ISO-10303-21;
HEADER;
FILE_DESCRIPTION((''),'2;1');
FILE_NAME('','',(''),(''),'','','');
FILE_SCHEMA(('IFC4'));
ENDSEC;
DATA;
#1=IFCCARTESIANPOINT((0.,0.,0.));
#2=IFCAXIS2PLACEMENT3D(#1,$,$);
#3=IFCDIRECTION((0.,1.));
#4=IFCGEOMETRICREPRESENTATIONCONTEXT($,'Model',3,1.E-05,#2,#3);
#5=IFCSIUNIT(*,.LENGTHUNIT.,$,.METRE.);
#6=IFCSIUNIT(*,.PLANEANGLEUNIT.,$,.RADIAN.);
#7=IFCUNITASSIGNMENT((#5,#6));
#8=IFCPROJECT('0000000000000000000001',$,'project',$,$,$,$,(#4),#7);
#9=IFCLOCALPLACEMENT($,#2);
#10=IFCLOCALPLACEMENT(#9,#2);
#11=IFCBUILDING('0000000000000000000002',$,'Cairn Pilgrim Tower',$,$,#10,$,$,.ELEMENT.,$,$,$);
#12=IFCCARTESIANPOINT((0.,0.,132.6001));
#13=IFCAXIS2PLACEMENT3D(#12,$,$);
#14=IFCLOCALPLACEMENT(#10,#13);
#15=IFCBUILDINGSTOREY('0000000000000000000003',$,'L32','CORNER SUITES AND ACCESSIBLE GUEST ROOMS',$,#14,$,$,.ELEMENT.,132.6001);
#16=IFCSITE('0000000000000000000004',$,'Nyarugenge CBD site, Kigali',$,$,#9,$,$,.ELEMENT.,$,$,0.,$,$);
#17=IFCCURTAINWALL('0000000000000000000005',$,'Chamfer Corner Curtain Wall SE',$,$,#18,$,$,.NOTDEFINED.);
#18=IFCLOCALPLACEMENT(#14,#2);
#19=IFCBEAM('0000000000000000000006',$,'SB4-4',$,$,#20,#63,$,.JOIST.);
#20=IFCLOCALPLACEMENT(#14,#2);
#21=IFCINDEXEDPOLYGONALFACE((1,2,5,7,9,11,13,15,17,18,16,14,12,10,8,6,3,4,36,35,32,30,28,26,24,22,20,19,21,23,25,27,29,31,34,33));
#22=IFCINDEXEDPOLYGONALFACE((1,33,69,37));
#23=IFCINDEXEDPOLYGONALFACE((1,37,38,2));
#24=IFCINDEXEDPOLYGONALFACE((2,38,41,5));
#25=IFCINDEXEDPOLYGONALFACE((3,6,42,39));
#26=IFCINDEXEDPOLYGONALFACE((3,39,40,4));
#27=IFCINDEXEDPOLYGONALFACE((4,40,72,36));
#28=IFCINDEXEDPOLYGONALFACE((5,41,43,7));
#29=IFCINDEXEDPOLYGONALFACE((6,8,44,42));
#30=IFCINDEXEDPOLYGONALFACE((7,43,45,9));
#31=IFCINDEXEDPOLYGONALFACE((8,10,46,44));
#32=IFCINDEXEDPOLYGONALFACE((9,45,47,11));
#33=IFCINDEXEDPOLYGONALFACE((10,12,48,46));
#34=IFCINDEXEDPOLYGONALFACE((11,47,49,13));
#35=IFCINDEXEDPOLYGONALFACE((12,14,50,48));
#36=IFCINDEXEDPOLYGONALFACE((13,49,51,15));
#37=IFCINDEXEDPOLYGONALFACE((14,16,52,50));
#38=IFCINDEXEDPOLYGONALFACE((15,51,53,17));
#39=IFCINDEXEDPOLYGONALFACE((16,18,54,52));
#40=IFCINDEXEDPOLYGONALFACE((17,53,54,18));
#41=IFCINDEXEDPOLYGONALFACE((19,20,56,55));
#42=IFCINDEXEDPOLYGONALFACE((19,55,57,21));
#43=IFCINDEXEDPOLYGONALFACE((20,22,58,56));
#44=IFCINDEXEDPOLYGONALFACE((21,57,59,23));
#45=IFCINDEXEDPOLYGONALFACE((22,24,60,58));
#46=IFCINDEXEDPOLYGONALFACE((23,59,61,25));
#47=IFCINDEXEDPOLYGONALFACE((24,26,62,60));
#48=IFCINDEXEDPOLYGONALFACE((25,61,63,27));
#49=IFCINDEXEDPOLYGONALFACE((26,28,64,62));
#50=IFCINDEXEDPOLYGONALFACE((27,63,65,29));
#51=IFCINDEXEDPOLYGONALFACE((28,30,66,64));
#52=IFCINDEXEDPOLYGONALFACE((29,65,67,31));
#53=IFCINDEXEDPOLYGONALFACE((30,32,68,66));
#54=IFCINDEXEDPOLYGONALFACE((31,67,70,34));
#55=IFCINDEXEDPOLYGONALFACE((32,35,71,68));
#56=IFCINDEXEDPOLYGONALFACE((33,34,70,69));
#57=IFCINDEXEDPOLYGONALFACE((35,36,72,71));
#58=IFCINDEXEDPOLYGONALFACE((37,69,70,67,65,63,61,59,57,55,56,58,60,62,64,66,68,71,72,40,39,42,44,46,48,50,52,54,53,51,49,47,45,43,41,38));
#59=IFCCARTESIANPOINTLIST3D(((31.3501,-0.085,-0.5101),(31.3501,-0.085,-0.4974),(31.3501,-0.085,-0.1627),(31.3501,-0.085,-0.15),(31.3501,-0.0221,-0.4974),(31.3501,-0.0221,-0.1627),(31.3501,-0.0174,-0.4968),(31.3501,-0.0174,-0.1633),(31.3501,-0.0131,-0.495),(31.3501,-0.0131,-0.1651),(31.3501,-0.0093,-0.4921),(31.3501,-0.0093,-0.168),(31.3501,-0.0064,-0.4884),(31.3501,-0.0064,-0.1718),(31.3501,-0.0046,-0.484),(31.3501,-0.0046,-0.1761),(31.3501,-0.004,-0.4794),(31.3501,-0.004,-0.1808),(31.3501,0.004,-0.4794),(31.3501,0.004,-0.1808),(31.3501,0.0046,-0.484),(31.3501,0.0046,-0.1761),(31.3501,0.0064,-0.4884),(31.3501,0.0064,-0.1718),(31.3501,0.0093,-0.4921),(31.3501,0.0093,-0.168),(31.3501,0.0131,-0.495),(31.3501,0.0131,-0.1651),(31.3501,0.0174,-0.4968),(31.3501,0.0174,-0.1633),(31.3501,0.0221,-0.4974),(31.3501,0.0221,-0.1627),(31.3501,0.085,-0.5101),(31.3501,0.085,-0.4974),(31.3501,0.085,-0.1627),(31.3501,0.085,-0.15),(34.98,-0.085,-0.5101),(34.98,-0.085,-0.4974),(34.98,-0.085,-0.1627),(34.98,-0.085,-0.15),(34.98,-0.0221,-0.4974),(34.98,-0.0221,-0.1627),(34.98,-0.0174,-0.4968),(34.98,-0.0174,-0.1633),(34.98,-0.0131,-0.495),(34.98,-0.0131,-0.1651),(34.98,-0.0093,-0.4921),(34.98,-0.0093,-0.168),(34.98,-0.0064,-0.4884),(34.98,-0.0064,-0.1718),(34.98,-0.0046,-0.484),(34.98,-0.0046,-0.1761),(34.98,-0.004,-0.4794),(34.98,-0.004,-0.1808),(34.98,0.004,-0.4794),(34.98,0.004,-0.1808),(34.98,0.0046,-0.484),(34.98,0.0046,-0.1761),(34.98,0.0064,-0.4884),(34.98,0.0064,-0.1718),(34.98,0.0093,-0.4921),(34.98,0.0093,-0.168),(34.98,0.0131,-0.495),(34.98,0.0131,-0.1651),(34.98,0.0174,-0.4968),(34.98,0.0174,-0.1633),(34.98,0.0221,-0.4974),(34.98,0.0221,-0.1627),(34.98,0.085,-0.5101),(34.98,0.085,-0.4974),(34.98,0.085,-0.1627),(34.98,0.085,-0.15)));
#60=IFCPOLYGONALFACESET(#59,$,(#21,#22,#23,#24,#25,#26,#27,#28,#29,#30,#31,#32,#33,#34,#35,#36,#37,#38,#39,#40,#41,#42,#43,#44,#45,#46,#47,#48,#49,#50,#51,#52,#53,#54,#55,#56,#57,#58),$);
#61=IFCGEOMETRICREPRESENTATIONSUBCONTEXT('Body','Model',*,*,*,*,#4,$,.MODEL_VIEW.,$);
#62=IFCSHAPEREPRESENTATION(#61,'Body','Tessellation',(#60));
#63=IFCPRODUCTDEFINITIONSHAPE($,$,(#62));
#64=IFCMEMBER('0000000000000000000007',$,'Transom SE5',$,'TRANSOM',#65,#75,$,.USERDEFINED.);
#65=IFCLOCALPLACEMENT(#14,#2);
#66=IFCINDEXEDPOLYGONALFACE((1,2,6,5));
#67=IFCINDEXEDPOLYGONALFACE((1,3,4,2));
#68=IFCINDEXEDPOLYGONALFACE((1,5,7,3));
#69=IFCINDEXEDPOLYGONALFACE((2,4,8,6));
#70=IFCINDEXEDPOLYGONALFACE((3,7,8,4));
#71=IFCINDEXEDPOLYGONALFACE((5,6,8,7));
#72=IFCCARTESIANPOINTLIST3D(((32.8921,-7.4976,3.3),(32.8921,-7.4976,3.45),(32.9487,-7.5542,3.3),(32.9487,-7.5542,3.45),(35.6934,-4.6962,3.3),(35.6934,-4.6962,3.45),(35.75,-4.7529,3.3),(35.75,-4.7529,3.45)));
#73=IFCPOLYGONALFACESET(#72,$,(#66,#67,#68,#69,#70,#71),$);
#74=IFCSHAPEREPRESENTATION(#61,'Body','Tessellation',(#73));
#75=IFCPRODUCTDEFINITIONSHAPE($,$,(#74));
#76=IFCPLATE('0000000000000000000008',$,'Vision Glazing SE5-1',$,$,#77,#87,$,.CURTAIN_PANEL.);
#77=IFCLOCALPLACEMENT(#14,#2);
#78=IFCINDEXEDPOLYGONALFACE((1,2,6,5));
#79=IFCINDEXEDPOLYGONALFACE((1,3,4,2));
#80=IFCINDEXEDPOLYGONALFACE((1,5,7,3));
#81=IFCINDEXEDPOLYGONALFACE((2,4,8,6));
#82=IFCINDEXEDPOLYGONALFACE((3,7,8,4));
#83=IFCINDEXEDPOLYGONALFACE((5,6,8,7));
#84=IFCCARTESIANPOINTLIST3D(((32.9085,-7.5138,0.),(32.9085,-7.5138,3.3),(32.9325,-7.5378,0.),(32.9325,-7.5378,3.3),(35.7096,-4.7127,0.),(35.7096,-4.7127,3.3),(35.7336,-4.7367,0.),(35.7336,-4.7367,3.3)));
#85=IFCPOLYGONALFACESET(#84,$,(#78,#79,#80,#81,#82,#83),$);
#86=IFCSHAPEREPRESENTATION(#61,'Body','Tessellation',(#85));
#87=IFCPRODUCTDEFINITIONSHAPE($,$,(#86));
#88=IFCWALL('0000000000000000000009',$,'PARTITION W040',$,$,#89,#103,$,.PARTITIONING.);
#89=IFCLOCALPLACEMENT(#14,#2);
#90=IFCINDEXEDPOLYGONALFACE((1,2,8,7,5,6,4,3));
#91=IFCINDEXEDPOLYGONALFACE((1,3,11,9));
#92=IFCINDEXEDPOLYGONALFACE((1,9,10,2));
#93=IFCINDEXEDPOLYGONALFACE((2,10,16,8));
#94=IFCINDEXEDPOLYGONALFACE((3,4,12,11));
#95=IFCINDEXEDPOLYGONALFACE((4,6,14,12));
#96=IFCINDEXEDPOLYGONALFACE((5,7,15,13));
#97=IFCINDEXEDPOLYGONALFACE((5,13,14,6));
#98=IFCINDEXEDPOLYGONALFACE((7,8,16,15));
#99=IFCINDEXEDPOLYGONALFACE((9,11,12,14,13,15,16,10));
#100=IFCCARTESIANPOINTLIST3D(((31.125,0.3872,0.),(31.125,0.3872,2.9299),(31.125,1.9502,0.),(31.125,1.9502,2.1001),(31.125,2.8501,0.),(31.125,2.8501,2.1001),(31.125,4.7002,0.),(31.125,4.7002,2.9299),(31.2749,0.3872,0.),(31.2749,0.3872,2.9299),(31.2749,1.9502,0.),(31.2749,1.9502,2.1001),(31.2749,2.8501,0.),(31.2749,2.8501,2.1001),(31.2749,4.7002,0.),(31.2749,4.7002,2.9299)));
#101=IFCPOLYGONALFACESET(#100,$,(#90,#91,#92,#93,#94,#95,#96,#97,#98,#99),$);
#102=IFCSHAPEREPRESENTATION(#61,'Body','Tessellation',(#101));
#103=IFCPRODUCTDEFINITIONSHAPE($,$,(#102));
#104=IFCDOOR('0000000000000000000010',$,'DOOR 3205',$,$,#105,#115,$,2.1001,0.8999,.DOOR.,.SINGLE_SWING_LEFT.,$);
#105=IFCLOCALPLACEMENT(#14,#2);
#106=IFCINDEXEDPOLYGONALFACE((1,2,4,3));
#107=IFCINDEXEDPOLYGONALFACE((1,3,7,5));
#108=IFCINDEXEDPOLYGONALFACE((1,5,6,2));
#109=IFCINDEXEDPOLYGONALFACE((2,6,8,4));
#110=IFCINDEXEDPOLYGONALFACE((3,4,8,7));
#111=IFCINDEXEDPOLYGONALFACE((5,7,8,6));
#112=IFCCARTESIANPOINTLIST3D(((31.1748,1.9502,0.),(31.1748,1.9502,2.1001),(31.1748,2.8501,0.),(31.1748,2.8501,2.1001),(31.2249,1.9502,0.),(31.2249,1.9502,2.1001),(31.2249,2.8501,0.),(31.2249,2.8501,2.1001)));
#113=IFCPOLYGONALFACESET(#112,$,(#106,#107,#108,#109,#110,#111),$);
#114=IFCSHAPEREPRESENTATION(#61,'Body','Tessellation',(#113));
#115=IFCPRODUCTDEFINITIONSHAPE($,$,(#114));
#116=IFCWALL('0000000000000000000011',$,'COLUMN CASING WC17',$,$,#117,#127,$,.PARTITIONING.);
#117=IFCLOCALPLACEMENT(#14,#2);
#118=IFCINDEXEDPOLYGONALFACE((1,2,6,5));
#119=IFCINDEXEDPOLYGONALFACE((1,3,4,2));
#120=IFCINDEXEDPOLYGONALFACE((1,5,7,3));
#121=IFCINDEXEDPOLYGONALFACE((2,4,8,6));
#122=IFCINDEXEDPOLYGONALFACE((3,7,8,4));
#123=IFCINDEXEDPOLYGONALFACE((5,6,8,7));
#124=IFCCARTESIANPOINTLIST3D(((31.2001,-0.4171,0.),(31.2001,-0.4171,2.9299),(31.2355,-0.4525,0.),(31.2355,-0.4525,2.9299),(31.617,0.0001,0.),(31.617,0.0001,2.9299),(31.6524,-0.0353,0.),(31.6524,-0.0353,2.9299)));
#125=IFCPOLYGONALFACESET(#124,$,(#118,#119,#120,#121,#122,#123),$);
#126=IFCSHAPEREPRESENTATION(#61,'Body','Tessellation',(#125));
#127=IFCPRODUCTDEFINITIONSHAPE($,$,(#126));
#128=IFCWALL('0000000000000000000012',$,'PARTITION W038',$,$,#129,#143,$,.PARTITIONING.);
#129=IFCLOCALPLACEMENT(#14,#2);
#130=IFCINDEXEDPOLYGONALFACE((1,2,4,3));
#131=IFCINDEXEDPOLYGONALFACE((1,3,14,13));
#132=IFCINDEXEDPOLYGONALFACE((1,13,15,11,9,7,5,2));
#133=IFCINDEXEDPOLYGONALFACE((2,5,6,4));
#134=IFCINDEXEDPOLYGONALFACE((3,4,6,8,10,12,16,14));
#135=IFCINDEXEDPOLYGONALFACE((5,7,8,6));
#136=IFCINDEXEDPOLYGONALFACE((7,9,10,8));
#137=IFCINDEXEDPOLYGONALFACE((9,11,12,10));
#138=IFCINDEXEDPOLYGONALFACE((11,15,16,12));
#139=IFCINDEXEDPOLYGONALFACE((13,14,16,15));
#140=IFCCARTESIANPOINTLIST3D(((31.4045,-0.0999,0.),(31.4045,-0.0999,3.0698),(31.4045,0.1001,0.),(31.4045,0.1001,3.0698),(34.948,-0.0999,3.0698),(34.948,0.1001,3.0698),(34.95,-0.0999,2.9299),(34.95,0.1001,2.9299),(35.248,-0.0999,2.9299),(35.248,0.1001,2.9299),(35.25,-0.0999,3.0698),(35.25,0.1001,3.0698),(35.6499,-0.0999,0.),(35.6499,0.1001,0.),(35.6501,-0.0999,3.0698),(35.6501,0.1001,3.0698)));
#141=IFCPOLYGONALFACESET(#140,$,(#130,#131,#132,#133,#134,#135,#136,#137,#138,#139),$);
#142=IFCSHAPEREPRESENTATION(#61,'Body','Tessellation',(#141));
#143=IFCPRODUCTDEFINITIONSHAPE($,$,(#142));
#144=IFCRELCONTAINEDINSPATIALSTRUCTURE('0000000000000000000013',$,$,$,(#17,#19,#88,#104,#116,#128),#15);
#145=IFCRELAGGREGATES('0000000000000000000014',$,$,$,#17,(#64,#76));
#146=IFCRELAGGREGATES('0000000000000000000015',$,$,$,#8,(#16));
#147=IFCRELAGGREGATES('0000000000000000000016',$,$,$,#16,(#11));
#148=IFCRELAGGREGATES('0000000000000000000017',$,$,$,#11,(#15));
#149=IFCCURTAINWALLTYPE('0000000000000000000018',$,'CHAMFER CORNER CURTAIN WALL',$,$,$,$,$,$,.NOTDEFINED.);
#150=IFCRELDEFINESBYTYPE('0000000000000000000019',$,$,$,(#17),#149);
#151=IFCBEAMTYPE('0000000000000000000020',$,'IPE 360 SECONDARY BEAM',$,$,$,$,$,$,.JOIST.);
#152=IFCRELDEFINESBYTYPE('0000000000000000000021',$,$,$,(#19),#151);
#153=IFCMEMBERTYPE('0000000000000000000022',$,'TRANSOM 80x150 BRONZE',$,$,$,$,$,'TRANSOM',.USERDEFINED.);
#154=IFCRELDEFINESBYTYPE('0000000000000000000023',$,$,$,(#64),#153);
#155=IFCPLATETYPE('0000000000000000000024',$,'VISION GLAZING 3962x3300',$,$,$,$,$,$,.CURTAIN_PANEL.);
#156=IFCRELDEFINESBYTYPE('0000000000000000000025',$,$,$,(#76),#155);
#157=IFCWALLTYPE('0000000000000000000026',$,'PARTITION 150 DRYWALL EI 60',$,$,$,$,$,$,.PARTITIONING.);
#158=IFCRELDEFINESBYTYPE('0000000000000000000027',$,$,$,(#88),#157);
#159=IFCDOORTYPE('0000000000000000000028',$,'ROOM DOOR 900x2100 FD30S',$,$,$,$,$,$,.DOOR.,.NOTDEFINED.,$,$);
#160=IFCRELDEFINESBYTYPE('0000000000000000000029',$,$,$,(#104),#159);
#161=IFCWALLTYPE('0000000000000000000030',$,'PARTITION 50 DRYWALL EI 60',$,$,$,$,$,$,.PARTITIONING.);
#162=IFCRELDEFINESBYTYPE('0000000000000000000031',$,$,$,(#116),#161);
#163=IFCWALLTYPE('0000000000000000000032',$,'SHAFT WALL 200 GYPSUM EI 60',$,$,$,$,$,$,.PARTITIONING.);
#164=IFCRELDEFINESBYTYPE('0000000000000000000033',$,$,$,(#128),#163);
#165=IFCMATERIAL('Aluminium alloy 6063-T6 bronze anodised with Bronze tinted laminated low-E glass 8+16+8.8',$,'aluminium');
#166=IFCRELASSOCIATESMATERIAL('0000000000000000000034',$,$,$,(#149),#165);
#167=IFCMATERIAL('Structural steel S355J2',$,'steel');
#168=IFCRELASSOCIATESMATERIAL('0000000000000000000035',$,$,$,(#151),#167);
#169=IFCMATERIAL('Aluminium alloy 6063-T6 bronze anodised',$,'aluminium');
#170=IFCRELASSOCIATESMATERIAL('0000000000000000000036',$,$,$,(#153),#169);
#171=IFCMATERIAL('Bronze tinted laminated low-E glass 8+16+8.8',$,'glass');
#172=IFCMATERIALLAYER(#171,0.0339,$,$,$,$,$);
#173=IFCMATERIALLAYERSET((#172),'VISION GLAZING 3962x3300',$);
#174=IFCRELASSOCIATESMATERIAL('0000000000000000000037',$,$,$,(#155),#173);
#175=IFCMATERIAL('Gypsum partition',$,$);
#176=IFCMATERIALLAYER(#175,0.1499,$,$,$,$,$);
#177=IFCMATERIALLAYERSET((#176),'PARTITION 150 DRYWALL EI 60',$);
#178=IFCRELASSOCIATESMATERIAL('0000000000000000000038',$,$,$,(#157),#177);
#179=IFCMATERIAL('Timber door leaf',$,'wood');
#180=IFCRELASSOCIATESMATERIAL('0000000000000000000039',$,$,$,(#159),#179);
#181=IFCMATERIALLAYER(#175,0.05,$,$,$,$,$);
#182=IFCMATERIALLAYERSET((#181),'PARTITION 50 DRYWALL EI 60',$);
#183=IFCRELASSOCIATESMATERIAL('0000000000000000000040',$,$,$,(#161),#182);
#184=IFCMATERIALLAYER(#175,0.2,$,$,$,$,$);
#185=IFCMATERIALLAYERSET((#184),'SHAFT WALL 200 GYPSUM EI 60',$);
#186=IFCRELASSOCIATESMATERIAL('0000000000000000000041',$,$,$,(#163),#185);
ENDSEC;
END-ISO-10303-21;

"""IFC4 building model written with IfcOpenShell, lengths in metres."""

from ifc_helpers import new_model, si_unit, direction, frame, frame_2d, origin, origin_2d, place, context, subcontext, project, spatial, polyline, rectangle, i_section, outline, extrude, material, layer, layer_set, material_profile, profile_set, type_object, element, fill, aggregate, save


model = new_model("IFC4")

# Units and contexts
model_context = context("Model", 3, precision=1e-05, world=origin(), true_north=direction((0.0, 1.0)))
body_context = subcontext(model_context, "Body", "Model", "MODEL_VIEW")
ifc_project = project(units=[si_unit("LENGTHUNIT", "METRE"), si_unit("PLANEANGLEUNIT", "RADIAN")], contexts=[model_context])

# Site, building, storey
site_placement = place(None, origin())
site = spatial("IfcSite", under=ifc_project, at=site_placement, Name="Nyarugenge CBD site, Kigali", CompositionType="ELEMENT", RefElevation=0.0)
building_placement = place(site_placement, origin())
building = spatial("IfcBuilding", under=site, at=building_placement, Name="Cairn Pilgrim Tower", CompositionType="ELEMENT")
storey_placement = place(building_placement, frame((0.0, 0.0, 132.6001)))
storey = spatial("IfcBuildingStorey", under=building, at=storey_placement, Name="L32", Description="CORNER SUITES AND ACCESSIBLE GUEST ROOMS", CompositionType="ELEMENT", Elevation=132.6001)

# Curtain wall
ifc_material_1 = material(Name="Aluminium alloy 6063-T6 bronze anodised with Bronze tinted laminated low-E glass 8+16+8.8", Category="aluminium")
curtain_wall_type_1 = type_object("IfcCurtainWallType", Name="CHAMFER CORNER CURTAIN WALL", PredefinedType="NOTDEFINED", material=ifc_material_1)
curtain_wall_1_placement = place(storey_placement, origin())
curtain_wall_1 = element("IfcCurtainWall", 1, at=curtain_wall_1_placement, inside=storey, type_object=curtain_wall_type_1, Name="Chamfer Corner Curtain Wall SE", PredefinedType="NOTDEFINED")
ifc_material_2 = material(Name="Aluminium alloy 6063-T6 bronze anodised", Category="aluminium")

# Beam
ifc_material_3 = material(Name="Structural steel S355J2", Category="steel")
ifc_material_profile_1 = material_profile(ifc_material_3, i_section(OverallWidth=0.1699, OverallDepth=0.3601, WebThickness=0.0081, FlangeThickness=0.0127, FilletRadius=0.0181, at=origin_2d()), Name="IPE 360")
ifc_profile_set_1 = profile_set([ifc_material_profile_1], Name="Structural steel S355J2")
beam_type_1 = type_object("IfcBeamType", Name="IPE 360 SECONDARY BEAM", PredefinedType="JOIST", material=ifc_profile_set_1)
beam_1_placement = place(storey_placement, frame((31.3501, 0.0, -0.3301), z_axis=(1.0, 0.0, 0.0), x_axis=(0.0, 1.0, 0.0)))
element("IfcBeam", 2, at=beam_1_placement, inside=storey, type_object=beam_type_1, Name="SB4-4", PredefinedType="JOIST", context=body_context, shape_type="SweptSolid", body=[
    extrude(i_section(OverallWidth=0.1699, OverallDepth=0.3601, WebThickness=0.0081, FlangeThickness=0.0127, FilletRadius=0.0181, at=origin_2d()), origin(), (0.0, 0.0, 1.0), 3.6299),
])

# Member
ifc_material_profile_2 = material_profile(ifc_material_2, rectangle(XDim=0.0801, YDim=0.1499, at=origin_2d()), Name="TRANSOM 80x150 BRONZE")
ifc_profile_set_2 = profile_set([ifc_material_profile_2], Name="Aluminium alloy 6063-T6 bronze anodised")
member_type_1 = type_object("IfcMemberType", Name="TRANSOM 80x150 BRONZE", ElementType="TRANSOM", PredefinedType="USERDEFINED", material=ifc_profile_set_2)
member_1_placement = place(storey_placement, frame((32.9204, -7.5259, 3.375), z_axis=(0.707107, 0.707107, 0.0), x_axis=(-0.707107, 0.707107, 0.0)))
member_1 = element("IfcMember", 3, at=member_1_placement, type_object=member_type_1, Name="Transom SE5", ObjectType="TRANSOM", PredefinedType="USERDEFINED", context=body_context, shape_type="SweptSolid", body=[
    extrude(rectangle(XDim=0.0801, YDim=0.1499, at=origin_2d()), origin(), (0.0, 0.0, 1.0), 3.9617),
])

# Plate
ifc_material_4 = material(Name="Bronze tinted laminated low-E glass 8+16+8.8", Category="glass")
ifc_layer_1 = layer(ifc_material_4, 0.0339)
ifc_layer_set_1 = layer_set([ifc_layer_1], Name="VISION GLAZING 3962x3300")
plate_type = type_object("IfcPlateType", Name="VISION GLAZING 3962x3300", PredefinedType="CURTAIN_PANEL", material=ifc_layer_set_1)
plate_placement = place(storey_placement, frame((34.321, -6.1252, 0.0), z_axis=(0.0, 0.0, 1.0), x_axis=(0.707107, 0.707107, 0.0)))
plate = element("IfcPlate", 4, at=plate_placement, type_object=plate_type, Name="Vision Glazing SE5-1", PredefinedType="CURTAIN_PANEL", context=body_context, shape_type="SweptSolid", body=[
    extrude(rectangle(XDim=3.9614, YDim=0.0339, at=origin_2d()), origin(), (0.0, 0.0, 1.0), 3.3),
])
aggregate(curtain_wall_1, [member_1, plate])

# Wall, opening, door
ifc_material_5 = material(Name="Gypsum partition")
ifc_layer_2 = layer(ifc_material_5, 0.1499)
ifc_layer_set_2 = layer_set([ifc_layer_2], Name="PARTITION 150 DRYWALL EI 60")
wall_type_1 = type_object("IfcWallType", Name="PARTITION 150 DRYWALL EI 60", PredefinedType="PARTITIONING", material=ifc_layer_set_2)
wall_1_placement = place(storey_placement, frame((31.2, 0.3872, 0.0), z_axis=(0.0, 0.0, 1.0), x_axis=(0.0, 1.0, 0.0)))
wall_1 = element("IfcWall", 5, at=wall_1_placement, inside=storey, type_object=wall_type_1, Name="PARTITION W040", PredefinedType="PARTITIONING", context=body_context, shape_type="SweptSolid", body=[
    extrude(rectangle(XDim=4.313, YDim=0.1499, at=frame_2d((2.1565, 0.0))), origin(), (0.0, 0.0, 1.0), 2.9299),
])
opening_1_placement = place(wall_1_placement, frame((1.563, 0.0, 0.0)))
opening_1 = element("IfcOpeningElement", 6, at=opening_1_placement, cuts=wall_1, PredefinedType="OPENING", context=body_context, shape_type="SweptSolid", body=[
    extrude(rectangle(XDim=0.8999, YDim=2.1001, at=frame_2d((0.45, 1.05))), frame((0.0, 0.085, 0.0), z_axis=(0.0, -1.0, 0.0), x_axis=(1.0, 0.0, 0.0)), (0.0, 0.0, 1.0), 0.1699),
])
ifc_material_6 = material(Name="Timber door leaf", Category="wood")
door_type_1 = type_object("IfcDoorType", Name="ROOM DOOR 900x2100 FD30S", OperationType="NOTDEFINED", PredefinedType="DOOR", material=ifc_material_6)
door_1_placement = place(opening_1_placement, frame((0.8999, 0.0, 0.0), z_axis=(0.0, 0.0, 1.0), x_axis=(-1.0, 0.0, 0.0)))
door_1 = element("IfcDoor", 7, at=door_1_placement, inside=storey, type_object=door_type_1, Name="DOOR 3205", OperationType="SINGLE_SWING_LEFT", OverallHeight=2.1001, OverallWidth=0.8999, PredefinedType="DOOR", context=body_context, shape_type="SweptSolid", body=[
    extrude(rectangle(XDim=0.8999, YDim=2.1001, at=frame_2d((0.45, 1.05))), frame((0.0, 0.0249, 0.0), z_axis=(0.0, -1.0, 0.0), x_axis=(1.0, 0.0, 0.0)), (0.0, 0.0, 1.0), 0.05),
])
fill(opening_1, door_1)

# Walls
ifc_layer_3 = layer(ifc_material_5, 0.05)
ifc_layer_set_3 = layer_set([ifc_layer_3], Name="PARTITION 50 DRYWALL EI 60")
wall_type_2 = type_object("IfcWallType", Name="PARTITION 50 DRYWALL EI 60", PredefinedType="PARTITIONING", material=ifc_layer_set_3)
wall_2_placement = place(storey_placement, frame((31.2178, -0.4348, 0.0), z_axis=(0.0, 0.0, 1.0), x_axis=(0.7069, 0.707314, 0.0)))
element("IfcWall", 8, at=wall_2_placement, inside=storey, type_object=wall_type_2, Name="COLUMN CASING WC17", PredefinedType="PARTITIONING", context=body_context, shape_type="SweptSolid", body=[
    extrude(rectangle(XDim=0.5898, YDim=0.05, at=frame_2d((0.2949, 0.0))), origin(), (0.0, 0.0, 1.0), 2.9299),
])
ifc_layer_4 = layer(ifc_material_5, 0.2)
ifc_layer_set_4 = layer_set([ifc_layer_4], Name="SHAFT WALL 200 GYPSUM EI 60")
wall_type_3 = type_object("IfcWallType", Name="SHAFT WALL 200 GYPSUM EI 60", PredefinedType="PARTITIONING", material=ifc_layer_set_4)
wall_3_placement = place(storey_placement, frame((31.4045, 0.0, 0.0), z_axis=(0.0, 0.0, 1.0), x_axis=(1.0, 0.0, 0.0)))
element("IfcWall", 9, at=wall_3_placement, inside=storey, type_object=wall_type_3, Name="PARTITION W038", PredefinedType="PARTITIONING", context=body_context, shape_type="SweptSolid", body=[
    extrude(outline(polyline([(0.0, 0.0), (4.2454, 0.0), (4.2456, 3.0698), (3.8455, 3.0698), (3.8435, 2.9299), (3.5454, 2.9299), (3.5435, 3.0698), (0.0, 3.0698), (0.0, 0.0)])), frame((0.0, 0.1001, 0.0), z_axis=(0.0, -1.0, 0.0), x_axis=(1.0, 0.0, 0.0)), (0.0, 0.0, 1.0), 0.2),
])

save(model, "model.ifc")
